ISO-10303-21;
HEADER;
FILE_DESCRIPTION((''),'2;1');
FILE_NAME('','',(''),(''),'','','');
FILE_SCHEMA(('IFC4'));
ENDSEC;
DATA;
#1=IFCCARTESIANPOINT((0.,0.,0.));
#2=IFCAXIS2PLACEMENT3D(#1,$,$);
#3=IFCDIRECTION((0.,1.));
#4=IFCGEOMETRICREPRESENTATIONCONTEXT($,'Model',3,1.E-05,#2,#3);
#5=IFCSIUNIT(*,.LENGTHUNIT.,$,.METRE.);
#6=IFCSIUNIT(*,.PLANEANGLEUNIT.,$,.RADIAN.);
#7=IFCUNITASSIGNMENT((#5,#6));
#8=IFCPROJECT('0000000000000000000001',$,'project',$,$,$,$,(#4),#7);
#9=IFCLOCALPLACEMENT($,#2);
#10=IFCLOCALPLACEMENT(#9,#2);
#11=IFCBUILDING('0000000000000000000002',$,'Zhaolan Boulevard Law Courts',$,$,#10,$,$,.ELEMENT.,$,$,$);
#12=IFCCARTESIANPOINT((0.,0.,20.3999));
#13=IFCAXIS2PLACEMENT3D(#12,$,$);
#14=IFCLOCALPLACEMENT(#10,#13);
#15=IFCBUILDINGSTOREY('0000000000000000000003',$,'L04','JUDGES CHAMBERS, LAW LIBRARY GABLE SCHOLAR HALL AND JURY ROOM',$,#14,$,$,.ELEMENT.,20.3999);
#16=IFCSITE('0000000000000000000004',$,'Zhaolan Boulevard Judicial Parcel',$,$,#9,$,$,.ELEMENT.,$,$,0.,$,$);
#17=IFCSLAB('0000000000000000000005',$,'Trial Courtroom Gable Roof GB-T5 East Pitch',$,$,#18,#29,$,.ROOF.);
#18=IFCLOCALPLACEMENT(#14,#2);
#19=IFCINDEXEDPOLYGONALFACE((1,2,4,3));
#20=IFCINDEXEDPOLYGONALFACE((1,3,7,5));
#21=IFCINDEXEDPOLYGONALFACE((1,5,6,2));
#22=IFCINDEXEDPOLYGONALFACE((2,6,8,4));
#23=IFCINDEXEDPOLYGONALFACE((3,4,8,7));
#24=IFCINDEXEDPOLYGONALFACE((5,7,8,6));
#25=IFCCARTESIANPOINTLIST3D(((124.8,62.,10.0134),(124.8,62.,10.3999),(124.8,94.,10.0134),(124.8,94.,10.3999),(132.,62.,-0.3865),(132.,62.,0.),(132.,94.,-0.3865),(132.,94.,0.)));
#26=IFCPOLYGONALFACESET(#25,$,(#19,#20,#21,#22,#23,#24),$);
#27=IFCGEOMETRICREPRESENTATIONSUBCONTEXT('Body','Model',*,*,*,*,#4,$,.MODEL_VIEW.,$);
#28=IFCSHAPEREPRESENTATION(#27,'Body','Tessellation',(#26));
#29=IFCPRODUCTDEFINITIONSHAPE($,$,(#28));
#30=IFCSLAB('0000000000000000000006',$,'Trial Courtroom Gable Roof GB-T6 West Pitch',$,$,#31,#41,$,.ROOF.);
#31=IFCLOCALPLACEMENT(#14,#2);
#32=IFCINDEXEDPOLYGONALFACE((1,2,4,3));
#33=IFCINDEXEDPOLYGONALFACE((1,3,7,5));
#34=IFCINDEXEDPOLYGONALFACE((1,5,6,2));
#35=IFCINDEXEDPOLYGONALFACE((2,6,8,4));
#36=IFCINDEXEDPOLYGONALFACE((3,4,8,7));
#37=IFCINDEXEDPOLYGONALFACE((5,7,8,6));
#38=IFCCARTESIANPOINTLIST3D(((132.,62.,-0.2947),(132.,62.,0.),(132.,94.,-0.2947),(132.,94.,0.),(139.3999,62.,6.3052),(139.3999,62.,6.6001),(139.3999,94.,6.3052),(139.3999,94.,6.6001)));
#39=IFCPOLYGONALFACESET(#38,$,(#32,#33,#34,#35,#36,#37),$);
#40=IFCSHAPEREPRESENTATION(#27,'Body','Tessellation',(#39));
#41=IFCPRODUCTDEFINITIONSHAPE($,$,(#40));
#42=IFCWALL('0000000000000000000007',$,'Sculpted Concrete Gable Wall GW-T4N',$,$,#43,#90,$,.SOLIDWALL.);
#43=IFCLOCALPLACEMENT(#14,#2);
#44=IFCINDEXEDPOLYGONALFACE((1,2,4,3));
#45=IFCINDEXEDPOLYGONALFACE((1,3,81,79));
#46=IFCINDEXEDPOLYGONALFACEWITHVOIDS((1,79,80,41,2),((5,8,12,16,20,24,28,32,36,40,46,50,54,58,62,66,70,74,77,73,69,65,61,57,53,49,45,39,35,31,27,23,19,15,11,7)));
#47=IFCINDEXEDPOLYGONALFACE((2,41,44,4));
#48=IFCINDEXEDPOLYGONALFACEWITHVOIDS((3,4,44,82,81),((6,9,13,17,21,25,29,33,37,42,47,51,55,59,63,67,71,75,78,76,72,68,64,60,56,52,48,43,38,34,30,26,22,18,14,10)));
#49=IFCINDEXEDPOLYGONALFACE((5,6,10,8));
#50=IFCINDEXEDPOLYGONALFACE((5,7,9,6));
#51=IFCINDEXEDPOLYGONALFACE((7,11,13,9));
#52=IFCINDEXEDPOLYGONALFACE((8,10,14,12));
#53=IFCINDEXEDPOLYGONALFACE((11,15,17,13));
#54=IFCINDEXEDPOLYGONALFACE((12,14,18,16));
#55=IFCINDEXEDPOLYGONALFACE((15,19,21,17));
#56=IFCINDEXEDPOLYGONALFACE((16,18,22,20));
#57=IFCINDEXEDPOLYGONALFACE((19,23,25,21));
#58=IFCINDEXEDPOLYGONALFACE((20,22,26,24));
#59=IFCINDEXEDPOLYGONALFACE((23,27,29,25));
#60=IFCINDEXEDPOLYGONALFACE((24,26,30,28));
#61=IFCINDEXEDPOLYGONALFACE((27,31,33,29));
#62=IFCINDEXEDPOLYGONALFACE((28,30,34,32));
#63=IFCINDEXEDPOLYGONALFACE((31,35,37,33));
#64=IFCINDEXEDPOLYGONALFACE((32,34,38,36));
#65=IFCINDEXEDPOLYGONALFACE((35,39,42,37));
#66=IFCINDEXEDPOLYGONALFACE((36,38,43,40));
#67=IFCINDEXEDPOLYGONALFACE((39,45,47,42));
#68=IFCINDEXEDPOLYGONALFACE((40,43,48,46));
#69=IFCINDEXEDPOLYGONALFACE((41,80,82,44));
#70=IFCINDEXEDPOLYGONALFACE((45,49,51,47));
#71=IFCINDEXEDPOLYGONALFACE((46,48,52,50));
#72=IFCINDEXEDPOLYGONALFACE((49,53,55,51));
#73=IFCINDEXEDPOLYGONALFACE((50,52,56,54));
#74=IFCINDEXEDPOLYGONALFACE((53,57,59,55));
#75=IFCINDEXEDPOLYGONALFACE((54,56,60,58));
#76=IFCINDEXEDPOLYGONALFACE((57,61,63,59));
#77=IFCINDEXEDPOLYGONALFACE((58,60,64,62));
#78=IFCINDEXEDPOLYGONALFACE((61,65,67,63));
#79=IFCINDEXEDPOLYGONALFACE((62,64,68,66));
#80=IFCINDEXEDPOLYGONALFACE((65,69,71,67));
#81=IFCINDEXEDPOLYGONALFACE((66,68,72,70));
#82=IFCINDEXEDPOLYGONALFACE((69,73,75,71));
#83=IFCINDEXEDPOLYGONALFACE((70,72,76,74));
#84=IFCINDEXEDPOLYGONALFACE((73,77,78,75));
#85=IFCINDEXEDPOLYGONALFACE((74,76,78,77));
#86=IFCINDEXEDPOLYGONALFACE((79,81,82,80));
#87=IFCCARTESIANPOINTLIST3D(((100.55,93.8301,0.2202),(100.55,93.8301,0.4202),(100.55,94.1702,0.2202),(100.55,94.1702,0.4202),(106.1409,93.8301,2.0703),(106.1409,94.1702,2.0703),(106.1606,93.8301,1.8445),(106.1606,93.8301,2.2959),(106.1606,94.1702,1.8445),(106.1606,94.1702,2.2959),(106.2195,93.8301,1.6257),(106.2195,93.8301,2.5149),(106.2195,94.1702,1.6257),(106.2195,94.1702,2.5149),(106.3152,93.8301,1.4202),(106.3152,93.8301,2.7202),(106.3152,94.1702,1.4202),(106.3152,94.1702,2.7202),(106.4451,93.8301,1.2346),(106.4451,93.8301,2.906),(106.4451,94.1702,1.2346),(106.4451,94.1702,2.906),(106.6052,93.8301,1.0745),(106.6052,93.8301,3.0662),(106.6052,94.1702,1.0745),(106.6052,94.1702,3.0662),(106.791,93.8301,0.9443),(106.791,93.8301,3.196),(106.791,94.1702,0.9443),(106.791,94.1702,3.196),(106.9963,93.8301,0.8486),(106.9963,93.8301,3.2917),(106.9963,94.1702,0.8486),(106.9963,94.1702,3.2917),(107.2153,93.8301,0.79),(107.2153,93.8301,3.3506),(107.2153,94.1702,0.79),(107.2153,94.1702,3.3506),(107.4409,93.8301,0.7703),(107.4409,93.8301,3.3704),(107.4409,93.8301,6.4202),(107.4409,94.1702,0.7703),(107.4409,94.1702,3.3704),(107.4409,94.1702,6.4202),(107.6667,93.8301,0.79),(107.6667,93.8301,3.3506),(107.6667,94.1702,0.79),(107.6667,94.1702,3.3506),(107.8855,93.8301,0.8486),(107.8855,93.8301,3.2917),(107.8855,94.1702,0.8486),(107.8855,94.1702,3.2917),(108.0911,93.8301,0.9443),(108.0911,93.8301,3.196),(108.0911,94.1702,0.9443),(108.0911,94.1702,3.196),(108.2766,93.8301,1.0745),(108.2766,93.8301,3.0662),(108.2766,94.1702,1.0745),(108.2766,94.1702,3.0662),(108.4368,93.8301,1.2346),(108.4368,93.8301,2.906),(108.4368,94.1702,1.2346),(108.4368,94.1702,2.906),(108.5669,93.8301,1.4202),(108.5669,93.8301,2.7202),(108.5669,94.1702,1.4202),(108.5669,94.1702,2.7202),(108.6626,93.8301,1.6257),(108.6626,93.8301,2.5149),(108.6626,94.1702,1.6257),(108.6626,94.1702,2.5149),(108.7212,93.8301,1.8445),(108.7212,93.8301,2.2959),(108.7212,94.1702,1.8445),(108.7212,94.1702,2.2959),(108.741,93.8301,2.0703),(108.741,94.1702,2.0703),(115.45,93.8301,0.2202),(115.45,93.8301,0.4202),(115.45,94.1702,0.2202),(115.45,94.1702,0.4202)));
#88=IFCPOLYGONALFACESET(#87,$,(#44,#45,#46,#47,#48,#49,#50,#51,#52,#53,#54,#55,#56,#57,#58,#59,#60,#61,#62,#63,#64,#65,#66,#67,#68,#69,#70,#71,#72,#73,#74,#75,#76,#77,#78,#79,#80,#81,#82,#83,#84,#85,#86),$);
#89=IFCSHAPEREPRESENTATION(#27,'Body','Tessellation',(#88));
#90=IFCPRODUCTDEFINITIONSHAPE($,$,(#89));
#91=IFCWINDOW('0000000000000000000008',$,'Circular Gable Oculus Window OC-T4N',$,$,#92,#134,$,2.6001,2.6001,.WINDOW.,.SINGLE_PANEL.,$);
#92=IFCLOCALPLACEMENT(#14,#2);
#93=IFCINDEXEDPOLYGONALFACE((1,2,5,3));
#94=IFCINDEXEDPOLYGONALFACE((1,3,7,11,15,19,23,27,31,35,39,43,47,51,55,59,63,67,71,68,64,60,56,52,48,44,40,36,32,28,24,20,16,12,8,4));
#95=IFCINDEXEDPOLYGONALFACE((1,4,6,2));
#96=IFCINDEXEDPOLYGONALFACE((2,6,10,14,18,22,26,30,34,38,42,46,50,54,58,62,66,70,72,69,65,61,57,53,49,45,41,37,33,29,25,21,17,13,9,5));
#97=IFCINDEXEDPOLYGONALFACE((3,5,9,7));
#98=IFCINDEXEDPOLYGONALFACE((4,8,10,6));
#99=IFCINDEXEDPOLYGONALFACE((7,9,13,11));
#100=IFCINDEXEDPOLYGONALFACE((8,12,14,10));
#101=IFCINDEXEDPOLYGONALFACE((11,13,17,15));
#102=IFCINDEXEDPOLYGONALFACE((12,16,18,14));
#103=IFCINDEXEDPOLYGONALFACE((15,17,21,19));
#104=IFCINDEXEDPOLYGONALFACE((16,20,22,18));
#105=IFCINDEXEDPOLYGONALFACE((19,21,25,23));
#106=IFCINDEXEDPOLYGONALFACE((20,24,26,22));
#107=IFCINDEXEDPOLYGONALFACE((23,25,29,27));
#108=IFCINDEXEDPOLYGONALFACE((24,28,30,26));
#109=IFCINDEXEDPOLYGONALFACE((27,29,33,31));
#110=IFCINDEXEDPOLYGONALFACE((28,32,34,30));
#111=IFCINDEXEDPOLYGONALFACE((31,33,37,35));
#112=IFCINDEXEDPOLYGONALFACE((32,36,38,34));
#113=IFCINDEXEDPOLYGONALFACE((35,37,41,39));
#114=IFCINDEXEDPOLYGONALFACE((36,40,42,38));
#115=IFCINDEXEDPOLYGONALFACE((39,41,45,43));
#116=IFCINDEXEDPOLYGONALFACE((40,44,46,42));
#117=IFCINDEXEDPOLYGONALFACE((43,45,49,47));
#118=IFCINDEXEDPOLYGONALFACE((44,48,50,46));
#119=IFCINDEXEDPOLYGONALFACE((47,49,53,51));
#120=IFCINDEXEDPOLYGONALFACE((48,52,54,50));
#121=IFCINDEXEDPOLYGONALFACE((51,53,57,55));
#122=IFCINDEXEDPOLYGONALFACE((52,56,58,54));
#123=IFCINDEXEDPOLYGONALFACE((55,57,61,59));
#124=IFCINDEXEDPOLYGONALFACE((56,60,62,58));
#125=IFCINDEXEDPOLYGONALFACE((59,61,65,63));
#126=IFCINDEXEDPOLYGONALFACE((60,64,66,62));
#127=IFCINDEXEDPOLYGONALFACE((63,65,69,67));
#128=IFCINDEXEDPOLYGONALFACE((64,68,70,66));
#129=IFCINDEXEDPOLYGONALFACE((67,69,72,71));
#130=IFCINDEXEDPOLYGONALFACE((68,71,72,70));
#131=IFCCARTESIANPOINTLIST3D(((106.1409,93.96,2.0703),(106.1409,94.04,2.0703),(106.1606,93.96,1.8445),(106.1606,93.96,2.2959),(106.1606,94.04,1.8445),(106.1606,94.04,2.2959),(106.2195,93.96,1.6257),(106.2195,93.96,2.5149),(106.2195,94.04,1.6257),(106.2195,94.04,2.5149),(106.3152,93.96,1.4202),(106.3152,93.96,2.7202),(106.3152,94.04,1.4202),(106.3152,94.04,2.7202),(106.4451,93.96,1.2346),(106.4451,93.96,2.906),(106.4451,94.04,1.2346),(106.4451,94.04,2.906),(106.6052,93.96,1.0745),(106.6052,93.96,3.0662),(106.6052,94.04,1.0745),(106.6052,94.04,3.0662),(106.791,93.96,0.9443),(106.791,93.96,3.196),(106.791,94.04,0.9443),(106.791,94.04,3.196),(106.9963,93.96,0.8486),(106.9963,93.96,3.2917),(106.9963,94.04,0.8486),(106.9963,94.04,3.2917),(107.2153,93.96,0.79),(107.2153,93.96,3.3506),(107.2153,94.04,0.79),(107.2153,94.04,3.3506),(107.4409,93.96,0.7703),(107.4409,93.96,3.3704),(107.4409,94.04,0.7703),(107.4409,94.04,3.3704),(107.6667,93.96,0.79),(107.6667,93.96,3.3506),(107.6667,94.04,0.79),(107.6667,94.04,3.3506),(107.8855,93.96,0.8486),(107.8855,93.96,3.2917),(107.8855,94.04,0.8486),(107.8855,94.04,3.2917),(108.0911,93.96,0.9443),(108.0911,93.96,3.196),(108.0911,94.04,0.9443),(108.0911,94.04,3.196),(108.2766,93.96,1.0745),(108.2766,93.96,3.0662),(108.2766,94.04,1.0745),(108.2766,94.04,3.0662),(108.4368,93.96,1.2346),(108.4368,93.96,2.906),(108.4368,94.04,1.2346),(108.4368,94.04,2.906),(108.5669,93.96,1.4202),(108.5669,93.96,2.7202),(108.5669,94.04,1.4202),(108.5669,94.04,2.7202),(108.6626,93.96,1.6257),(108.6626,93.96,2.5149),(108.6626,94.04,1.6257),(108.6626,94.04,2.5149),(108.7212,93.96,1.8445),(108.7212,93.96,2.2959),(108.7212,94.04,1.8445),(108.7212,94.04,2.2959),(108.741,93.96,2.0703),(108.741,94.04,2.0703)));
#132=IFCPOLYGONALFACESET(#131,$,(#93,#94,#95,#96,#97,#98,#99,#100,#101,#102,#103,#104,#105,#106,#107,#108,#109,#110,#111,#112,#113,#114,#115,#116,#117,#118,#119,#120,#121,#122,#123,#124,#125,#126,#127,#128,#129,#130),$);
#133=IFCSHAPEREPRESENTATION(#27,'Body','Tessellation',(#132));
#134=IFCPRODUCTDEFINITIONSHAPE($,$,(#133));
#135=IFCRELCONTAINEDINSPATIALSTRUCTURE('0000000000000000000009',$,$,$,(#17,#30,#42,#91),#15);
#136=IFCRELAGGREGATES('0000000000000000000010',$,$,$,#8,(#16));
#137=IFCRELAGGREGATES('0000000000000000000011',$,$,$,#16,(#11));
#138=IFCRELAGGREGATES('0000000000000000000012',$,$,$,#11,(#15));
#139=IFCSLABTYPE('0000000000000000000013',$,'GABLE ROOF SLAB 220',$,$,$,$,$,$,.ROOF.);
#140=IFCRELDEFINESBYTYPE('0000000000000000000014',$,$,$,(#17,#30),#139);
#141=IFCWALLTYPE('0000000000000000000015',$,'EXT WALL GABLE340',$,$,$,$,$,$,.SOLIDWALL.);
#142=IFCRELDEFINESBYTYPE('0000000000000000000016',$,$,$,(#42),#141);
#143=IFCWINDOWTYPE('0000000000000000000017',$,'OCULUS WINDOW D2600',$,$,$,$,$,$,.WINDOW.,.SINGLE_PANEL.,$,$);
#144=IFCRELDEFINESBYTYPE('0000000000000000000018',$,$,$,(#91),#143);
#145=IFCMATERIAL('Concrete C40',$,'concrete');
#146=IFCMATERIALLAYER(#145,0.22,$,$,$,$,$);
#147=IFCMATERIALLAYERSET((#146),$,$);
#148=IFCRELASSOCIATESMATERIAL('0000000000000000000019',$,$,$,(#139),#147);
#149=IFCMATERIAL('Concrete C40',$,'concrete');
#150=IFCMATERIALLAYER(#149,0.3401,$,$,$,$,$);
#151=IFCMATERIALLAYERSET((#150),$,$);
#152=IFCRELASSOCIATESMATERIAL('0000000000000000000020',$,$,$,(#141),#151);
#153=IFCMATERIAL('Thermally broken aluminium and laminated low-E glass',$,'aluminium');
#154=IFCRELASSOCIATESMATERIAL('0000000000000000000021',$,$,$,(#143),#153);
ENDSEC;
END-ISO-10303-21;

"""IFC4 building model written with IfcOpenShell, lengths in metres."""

from ifc_helpers import new_model, si_unit, direction, frame, origin, place, context, subcontext, project, spatial, polyline, outline, extrude, material, layer, layer_set, type_object, element, fill, save


model = new_model("IFC4")

# Units and contexts
model_context = context("Model", 3, precision=1e-05, world=origin(), true_north=direction((0.0, 1.0)))
body_context = subcontext(model_context, "Body", "Model", "MODEL_VIEW")
ifc_project = project(units=[si_unit("LENGTHUNIT", "METRE"), si_unit("PLANEANGLEUNIT", "RADIAN")], contexts=[model_context])

# Site, building, storey
site_placement = place(None, origin())
site = spatial("IfcSite", under=ifc_project, at=site_placement, Name="Zhaolan Boulevard Judicial Parcel", CompositionType="ELEMENT", RefElevation=0.0)
building_placement = place(site_placement, origin())
building = spatial("IfcBuilding", under=site, at=building_placement, Name="Zhaolan Boulevard Law Courts", CompositionType="ELEMENT")
storey_placement = place(building_placement, frame((0.0, 0.0, 20.3999)))
storey = spatial("IfcBuildingStorey", under=building, at=storey_placement, Name="L04", Description="JUDGES CHAMBERS, LAW LIBRARY GABLE SCHOLAR HALL AND JURY ROOM", CompositionType="ELEMENT", Elevation=20.3999)

# Slabs
ifc_material_1 = material(Name="Concrete C40", Category="concrete")
ifc_layer_1 = layer(ifc_material_1, 0.22)
ifc_layer_set_1 = layer_set([ifc_layer_1])
slab_type = type_object("IfcSlabType", Name="GABLE ROOF SLAB 220", PredefinedType="ROOF", material=ifc_layer_set_1)
slab_1_placement = place(storey_placement, frame((124.8, 94.0, 0.0), z_axis=(0.0, -1.0, 0.0), x_axis=(1.0, 0.0, 0.0)))
element("IfcSlab", 1, at=slab_1_placement, inside=storey, type_object=slab_type, Name="Trial Courtroom Gable Roof GB-T5 East Pitch", PredefinedType="ROOF", context=body_context, shape_type="SweptSolid", body=[
    extrude(outline(polyline([(0.0, 10.3999), (7.2, 0.0), (7.2, -0.3865), (0.0, 10.0134), (0.0, 10.3999)])), origin(), (0.0, 0.0, 1.0), 32.0),
])
slab_2_placement = place(storey_placement, frame((132.0, 94.0, 0.0), z_axis=(0.0, -1.0, 0.0), x_axis=(1.0, 0.0, 0.0)))
element("IfcSlab", 2, at=slab_2_placement, inside=storey, type_object=slab_type, Name="Trial Courtroom Gable Roof GB-T6 West Pitch", PredefinedType="ROOF", context=body_context, shape_type="SweptSolid", body=[
    extrude(outline(polyline([(0.0, 0.0), (7.3999, 6.6001), (7.3999, 6.3052), (0.0, -0.2947), (0.0, 0.0)])), origin(), (0.0, 0.0, 1.0), 32.0),
])

# Wall, opening, window
ifc_material_2 = material(Name="Concrete C40", Category="concrete")
ifc_layer_2 = layer(ifc_material_2, 0.3401)
ifc_layer_set_2 = layer_set([ifc_layer_2])
wall_type = type_object("IfcWallType", Name="EXT WALL GABLE340", PredefinedType="SOLIDWALL", material=ifc_layer_set_2)
wall_1_placement = place(storey_placement, frame((115.45, 94.0, 0.2202), z_axis=(0.0, 0.0, 1.0), x_axis=(-1.0, 0.0, 0.0)))
wall_1 = element("IfcWall", 3, at=wall_1_placement, inside=storey, type_object=wall_type, Name="Sculpted Concrete Gable Wall GW-T4N", PredefinedType="SOLIDWALL", context=body_context, shape_type="SweptSolid", body=[
    extrude(outline(polyline([(0.0, 0.0), (14.8999, 0.0), (14.8999, 0.2), (8.009, 6.2), (0.0, 0.2), (0.0, 0.0)])), frame((0.0, 0.1699, 0.0), z_axis=(0.0, -1.0, 0.0), x_axis=(1.0, 0.0, 0.0)), (0.0, 0.0, 1.0), 0.3401),
])
opening_1_placement = place(wall_1_placement, frame((6.709, 0.0, 0.55)))
opening_1 = element("IfcOpeningElement", 4, at=opening_1_placement, cuts=wall_1, PredefinedType="OPENING", context=body_context, shape_type="SweptSolid", body=[
    extrude(outline(polyline([(2.6001, 1.3), (2.5803, 1.5256), (2.5215, 1.7446), (2.4258, 1.95), (2.2959, 2.1357), (2.1357, 2.2959), (1.95, 2.4258), (1.7446, 2.5215), (1.5256, 2.5803), (1.3, 2.6001), (1.0742, 2.5803), (0.8555, 2.5215), (0.6499, 2.4258), (0.4644, 2.2959), (0.3042, 2.1357), (0.1741, 1.95), (0.0784, 1.7446), (0.0198, 1.5256), (0.0, 1.3), (0.0198, 1.0742), (0.0784, 0.8555), (0.1741, 0.6499), (0.3042, 0.4644), (0.4644, 0.3042), (0.6499, 0.1741), (0.8555, 0.0784), (1.0742, 0.0198), (1.3, 0.0), (1.5256, 0.0198), (1.7446, 0.0784), (1.95, 0.1741), (2.1357, 0.3042), (2.2959, 0.4644), (2.4258, 0.6499), (2.5215, 0.8555), (2.5803, 1.0742), (2.6001, 1.3)])), frame((0.0, 0.1799, 0.0), z_axis=(0.0, -1.0, 0.0), x_axis=(1.0, 0.0, 0.0)), (0.0, 0.0, 1.0), 0.3601),
])
ifc_material_3 = material(Name="Thermally broken aluminium and laminated low-E glass", Category="aluminium")
window_type_1 = type_object("IfcWindowType", Name="OCULUS WINDOW D2600", PartitioningType="SINGLE_PANEL", PredefinedType="WINDOW", material=ifc_material_3)
window_1_placement = place(opening_1_placement, origin())
window_1 = element("IfcWindow", 5, at=window_1_placement, inside=storey, type_object=window_type_1, Name="Circular Gable Oculus Window OC-T4N", OverallHeight=2.6001, OverallWidth=2.6001, PartitioningType="SINGLE_PANEL", PredefinedType="WINDOW", context=body_context, shape_type="SweptSolid", body=[
    extrude(outline(polyline([(2.6001, 1.3), (2.5803, 1.5256), (2.5215, 1.7446), (2.4258, 1.95), (2.2959, 2.1357), (2.1357, 2.2959), (1.95, 2.4258), (1.7446, 2.5215), (1.5256, 2.5803), (1.3, 2.6001), (1.0742, 2.5803), (0.8555, 2.5215), (0.6499, 2.4258), (0.4644, 2.2959), (0.3042, 2.1357), (0.1741, 1.95), (0.0784, 1.7446), (0.0198, 1.5256), (0.0, 1.3), (0.0198, 1.0742), (0.0784, 0.8555), (0.1741, 0.6499), (0.3042, 0.4644), (0.4644, 0.3042), (0.6499, 0.1741), (0.8555, 0.0784), (1.0742, 0.0198), (1.3, 0.0), (1.5256, 0.0198), (1.7446, 0.0784), (1.95, 0.1741), (2.1357, 0.3042), (2.2959, 0.4644), (2.4258, 0.6499), (2.5215, 0.8555), (2.5803, 1.0742), (2.6001, 1.3)])), frame((0.0, 0.04, 0.0), z_axis=(0.0, -1.0, 0.0), x_axis=(1.0, 0.0, 0.0)), (0.0, 0.0, 1.0), 0.0801),
])
fill(opening_1, window_1)

save(model, "model.ifc")
